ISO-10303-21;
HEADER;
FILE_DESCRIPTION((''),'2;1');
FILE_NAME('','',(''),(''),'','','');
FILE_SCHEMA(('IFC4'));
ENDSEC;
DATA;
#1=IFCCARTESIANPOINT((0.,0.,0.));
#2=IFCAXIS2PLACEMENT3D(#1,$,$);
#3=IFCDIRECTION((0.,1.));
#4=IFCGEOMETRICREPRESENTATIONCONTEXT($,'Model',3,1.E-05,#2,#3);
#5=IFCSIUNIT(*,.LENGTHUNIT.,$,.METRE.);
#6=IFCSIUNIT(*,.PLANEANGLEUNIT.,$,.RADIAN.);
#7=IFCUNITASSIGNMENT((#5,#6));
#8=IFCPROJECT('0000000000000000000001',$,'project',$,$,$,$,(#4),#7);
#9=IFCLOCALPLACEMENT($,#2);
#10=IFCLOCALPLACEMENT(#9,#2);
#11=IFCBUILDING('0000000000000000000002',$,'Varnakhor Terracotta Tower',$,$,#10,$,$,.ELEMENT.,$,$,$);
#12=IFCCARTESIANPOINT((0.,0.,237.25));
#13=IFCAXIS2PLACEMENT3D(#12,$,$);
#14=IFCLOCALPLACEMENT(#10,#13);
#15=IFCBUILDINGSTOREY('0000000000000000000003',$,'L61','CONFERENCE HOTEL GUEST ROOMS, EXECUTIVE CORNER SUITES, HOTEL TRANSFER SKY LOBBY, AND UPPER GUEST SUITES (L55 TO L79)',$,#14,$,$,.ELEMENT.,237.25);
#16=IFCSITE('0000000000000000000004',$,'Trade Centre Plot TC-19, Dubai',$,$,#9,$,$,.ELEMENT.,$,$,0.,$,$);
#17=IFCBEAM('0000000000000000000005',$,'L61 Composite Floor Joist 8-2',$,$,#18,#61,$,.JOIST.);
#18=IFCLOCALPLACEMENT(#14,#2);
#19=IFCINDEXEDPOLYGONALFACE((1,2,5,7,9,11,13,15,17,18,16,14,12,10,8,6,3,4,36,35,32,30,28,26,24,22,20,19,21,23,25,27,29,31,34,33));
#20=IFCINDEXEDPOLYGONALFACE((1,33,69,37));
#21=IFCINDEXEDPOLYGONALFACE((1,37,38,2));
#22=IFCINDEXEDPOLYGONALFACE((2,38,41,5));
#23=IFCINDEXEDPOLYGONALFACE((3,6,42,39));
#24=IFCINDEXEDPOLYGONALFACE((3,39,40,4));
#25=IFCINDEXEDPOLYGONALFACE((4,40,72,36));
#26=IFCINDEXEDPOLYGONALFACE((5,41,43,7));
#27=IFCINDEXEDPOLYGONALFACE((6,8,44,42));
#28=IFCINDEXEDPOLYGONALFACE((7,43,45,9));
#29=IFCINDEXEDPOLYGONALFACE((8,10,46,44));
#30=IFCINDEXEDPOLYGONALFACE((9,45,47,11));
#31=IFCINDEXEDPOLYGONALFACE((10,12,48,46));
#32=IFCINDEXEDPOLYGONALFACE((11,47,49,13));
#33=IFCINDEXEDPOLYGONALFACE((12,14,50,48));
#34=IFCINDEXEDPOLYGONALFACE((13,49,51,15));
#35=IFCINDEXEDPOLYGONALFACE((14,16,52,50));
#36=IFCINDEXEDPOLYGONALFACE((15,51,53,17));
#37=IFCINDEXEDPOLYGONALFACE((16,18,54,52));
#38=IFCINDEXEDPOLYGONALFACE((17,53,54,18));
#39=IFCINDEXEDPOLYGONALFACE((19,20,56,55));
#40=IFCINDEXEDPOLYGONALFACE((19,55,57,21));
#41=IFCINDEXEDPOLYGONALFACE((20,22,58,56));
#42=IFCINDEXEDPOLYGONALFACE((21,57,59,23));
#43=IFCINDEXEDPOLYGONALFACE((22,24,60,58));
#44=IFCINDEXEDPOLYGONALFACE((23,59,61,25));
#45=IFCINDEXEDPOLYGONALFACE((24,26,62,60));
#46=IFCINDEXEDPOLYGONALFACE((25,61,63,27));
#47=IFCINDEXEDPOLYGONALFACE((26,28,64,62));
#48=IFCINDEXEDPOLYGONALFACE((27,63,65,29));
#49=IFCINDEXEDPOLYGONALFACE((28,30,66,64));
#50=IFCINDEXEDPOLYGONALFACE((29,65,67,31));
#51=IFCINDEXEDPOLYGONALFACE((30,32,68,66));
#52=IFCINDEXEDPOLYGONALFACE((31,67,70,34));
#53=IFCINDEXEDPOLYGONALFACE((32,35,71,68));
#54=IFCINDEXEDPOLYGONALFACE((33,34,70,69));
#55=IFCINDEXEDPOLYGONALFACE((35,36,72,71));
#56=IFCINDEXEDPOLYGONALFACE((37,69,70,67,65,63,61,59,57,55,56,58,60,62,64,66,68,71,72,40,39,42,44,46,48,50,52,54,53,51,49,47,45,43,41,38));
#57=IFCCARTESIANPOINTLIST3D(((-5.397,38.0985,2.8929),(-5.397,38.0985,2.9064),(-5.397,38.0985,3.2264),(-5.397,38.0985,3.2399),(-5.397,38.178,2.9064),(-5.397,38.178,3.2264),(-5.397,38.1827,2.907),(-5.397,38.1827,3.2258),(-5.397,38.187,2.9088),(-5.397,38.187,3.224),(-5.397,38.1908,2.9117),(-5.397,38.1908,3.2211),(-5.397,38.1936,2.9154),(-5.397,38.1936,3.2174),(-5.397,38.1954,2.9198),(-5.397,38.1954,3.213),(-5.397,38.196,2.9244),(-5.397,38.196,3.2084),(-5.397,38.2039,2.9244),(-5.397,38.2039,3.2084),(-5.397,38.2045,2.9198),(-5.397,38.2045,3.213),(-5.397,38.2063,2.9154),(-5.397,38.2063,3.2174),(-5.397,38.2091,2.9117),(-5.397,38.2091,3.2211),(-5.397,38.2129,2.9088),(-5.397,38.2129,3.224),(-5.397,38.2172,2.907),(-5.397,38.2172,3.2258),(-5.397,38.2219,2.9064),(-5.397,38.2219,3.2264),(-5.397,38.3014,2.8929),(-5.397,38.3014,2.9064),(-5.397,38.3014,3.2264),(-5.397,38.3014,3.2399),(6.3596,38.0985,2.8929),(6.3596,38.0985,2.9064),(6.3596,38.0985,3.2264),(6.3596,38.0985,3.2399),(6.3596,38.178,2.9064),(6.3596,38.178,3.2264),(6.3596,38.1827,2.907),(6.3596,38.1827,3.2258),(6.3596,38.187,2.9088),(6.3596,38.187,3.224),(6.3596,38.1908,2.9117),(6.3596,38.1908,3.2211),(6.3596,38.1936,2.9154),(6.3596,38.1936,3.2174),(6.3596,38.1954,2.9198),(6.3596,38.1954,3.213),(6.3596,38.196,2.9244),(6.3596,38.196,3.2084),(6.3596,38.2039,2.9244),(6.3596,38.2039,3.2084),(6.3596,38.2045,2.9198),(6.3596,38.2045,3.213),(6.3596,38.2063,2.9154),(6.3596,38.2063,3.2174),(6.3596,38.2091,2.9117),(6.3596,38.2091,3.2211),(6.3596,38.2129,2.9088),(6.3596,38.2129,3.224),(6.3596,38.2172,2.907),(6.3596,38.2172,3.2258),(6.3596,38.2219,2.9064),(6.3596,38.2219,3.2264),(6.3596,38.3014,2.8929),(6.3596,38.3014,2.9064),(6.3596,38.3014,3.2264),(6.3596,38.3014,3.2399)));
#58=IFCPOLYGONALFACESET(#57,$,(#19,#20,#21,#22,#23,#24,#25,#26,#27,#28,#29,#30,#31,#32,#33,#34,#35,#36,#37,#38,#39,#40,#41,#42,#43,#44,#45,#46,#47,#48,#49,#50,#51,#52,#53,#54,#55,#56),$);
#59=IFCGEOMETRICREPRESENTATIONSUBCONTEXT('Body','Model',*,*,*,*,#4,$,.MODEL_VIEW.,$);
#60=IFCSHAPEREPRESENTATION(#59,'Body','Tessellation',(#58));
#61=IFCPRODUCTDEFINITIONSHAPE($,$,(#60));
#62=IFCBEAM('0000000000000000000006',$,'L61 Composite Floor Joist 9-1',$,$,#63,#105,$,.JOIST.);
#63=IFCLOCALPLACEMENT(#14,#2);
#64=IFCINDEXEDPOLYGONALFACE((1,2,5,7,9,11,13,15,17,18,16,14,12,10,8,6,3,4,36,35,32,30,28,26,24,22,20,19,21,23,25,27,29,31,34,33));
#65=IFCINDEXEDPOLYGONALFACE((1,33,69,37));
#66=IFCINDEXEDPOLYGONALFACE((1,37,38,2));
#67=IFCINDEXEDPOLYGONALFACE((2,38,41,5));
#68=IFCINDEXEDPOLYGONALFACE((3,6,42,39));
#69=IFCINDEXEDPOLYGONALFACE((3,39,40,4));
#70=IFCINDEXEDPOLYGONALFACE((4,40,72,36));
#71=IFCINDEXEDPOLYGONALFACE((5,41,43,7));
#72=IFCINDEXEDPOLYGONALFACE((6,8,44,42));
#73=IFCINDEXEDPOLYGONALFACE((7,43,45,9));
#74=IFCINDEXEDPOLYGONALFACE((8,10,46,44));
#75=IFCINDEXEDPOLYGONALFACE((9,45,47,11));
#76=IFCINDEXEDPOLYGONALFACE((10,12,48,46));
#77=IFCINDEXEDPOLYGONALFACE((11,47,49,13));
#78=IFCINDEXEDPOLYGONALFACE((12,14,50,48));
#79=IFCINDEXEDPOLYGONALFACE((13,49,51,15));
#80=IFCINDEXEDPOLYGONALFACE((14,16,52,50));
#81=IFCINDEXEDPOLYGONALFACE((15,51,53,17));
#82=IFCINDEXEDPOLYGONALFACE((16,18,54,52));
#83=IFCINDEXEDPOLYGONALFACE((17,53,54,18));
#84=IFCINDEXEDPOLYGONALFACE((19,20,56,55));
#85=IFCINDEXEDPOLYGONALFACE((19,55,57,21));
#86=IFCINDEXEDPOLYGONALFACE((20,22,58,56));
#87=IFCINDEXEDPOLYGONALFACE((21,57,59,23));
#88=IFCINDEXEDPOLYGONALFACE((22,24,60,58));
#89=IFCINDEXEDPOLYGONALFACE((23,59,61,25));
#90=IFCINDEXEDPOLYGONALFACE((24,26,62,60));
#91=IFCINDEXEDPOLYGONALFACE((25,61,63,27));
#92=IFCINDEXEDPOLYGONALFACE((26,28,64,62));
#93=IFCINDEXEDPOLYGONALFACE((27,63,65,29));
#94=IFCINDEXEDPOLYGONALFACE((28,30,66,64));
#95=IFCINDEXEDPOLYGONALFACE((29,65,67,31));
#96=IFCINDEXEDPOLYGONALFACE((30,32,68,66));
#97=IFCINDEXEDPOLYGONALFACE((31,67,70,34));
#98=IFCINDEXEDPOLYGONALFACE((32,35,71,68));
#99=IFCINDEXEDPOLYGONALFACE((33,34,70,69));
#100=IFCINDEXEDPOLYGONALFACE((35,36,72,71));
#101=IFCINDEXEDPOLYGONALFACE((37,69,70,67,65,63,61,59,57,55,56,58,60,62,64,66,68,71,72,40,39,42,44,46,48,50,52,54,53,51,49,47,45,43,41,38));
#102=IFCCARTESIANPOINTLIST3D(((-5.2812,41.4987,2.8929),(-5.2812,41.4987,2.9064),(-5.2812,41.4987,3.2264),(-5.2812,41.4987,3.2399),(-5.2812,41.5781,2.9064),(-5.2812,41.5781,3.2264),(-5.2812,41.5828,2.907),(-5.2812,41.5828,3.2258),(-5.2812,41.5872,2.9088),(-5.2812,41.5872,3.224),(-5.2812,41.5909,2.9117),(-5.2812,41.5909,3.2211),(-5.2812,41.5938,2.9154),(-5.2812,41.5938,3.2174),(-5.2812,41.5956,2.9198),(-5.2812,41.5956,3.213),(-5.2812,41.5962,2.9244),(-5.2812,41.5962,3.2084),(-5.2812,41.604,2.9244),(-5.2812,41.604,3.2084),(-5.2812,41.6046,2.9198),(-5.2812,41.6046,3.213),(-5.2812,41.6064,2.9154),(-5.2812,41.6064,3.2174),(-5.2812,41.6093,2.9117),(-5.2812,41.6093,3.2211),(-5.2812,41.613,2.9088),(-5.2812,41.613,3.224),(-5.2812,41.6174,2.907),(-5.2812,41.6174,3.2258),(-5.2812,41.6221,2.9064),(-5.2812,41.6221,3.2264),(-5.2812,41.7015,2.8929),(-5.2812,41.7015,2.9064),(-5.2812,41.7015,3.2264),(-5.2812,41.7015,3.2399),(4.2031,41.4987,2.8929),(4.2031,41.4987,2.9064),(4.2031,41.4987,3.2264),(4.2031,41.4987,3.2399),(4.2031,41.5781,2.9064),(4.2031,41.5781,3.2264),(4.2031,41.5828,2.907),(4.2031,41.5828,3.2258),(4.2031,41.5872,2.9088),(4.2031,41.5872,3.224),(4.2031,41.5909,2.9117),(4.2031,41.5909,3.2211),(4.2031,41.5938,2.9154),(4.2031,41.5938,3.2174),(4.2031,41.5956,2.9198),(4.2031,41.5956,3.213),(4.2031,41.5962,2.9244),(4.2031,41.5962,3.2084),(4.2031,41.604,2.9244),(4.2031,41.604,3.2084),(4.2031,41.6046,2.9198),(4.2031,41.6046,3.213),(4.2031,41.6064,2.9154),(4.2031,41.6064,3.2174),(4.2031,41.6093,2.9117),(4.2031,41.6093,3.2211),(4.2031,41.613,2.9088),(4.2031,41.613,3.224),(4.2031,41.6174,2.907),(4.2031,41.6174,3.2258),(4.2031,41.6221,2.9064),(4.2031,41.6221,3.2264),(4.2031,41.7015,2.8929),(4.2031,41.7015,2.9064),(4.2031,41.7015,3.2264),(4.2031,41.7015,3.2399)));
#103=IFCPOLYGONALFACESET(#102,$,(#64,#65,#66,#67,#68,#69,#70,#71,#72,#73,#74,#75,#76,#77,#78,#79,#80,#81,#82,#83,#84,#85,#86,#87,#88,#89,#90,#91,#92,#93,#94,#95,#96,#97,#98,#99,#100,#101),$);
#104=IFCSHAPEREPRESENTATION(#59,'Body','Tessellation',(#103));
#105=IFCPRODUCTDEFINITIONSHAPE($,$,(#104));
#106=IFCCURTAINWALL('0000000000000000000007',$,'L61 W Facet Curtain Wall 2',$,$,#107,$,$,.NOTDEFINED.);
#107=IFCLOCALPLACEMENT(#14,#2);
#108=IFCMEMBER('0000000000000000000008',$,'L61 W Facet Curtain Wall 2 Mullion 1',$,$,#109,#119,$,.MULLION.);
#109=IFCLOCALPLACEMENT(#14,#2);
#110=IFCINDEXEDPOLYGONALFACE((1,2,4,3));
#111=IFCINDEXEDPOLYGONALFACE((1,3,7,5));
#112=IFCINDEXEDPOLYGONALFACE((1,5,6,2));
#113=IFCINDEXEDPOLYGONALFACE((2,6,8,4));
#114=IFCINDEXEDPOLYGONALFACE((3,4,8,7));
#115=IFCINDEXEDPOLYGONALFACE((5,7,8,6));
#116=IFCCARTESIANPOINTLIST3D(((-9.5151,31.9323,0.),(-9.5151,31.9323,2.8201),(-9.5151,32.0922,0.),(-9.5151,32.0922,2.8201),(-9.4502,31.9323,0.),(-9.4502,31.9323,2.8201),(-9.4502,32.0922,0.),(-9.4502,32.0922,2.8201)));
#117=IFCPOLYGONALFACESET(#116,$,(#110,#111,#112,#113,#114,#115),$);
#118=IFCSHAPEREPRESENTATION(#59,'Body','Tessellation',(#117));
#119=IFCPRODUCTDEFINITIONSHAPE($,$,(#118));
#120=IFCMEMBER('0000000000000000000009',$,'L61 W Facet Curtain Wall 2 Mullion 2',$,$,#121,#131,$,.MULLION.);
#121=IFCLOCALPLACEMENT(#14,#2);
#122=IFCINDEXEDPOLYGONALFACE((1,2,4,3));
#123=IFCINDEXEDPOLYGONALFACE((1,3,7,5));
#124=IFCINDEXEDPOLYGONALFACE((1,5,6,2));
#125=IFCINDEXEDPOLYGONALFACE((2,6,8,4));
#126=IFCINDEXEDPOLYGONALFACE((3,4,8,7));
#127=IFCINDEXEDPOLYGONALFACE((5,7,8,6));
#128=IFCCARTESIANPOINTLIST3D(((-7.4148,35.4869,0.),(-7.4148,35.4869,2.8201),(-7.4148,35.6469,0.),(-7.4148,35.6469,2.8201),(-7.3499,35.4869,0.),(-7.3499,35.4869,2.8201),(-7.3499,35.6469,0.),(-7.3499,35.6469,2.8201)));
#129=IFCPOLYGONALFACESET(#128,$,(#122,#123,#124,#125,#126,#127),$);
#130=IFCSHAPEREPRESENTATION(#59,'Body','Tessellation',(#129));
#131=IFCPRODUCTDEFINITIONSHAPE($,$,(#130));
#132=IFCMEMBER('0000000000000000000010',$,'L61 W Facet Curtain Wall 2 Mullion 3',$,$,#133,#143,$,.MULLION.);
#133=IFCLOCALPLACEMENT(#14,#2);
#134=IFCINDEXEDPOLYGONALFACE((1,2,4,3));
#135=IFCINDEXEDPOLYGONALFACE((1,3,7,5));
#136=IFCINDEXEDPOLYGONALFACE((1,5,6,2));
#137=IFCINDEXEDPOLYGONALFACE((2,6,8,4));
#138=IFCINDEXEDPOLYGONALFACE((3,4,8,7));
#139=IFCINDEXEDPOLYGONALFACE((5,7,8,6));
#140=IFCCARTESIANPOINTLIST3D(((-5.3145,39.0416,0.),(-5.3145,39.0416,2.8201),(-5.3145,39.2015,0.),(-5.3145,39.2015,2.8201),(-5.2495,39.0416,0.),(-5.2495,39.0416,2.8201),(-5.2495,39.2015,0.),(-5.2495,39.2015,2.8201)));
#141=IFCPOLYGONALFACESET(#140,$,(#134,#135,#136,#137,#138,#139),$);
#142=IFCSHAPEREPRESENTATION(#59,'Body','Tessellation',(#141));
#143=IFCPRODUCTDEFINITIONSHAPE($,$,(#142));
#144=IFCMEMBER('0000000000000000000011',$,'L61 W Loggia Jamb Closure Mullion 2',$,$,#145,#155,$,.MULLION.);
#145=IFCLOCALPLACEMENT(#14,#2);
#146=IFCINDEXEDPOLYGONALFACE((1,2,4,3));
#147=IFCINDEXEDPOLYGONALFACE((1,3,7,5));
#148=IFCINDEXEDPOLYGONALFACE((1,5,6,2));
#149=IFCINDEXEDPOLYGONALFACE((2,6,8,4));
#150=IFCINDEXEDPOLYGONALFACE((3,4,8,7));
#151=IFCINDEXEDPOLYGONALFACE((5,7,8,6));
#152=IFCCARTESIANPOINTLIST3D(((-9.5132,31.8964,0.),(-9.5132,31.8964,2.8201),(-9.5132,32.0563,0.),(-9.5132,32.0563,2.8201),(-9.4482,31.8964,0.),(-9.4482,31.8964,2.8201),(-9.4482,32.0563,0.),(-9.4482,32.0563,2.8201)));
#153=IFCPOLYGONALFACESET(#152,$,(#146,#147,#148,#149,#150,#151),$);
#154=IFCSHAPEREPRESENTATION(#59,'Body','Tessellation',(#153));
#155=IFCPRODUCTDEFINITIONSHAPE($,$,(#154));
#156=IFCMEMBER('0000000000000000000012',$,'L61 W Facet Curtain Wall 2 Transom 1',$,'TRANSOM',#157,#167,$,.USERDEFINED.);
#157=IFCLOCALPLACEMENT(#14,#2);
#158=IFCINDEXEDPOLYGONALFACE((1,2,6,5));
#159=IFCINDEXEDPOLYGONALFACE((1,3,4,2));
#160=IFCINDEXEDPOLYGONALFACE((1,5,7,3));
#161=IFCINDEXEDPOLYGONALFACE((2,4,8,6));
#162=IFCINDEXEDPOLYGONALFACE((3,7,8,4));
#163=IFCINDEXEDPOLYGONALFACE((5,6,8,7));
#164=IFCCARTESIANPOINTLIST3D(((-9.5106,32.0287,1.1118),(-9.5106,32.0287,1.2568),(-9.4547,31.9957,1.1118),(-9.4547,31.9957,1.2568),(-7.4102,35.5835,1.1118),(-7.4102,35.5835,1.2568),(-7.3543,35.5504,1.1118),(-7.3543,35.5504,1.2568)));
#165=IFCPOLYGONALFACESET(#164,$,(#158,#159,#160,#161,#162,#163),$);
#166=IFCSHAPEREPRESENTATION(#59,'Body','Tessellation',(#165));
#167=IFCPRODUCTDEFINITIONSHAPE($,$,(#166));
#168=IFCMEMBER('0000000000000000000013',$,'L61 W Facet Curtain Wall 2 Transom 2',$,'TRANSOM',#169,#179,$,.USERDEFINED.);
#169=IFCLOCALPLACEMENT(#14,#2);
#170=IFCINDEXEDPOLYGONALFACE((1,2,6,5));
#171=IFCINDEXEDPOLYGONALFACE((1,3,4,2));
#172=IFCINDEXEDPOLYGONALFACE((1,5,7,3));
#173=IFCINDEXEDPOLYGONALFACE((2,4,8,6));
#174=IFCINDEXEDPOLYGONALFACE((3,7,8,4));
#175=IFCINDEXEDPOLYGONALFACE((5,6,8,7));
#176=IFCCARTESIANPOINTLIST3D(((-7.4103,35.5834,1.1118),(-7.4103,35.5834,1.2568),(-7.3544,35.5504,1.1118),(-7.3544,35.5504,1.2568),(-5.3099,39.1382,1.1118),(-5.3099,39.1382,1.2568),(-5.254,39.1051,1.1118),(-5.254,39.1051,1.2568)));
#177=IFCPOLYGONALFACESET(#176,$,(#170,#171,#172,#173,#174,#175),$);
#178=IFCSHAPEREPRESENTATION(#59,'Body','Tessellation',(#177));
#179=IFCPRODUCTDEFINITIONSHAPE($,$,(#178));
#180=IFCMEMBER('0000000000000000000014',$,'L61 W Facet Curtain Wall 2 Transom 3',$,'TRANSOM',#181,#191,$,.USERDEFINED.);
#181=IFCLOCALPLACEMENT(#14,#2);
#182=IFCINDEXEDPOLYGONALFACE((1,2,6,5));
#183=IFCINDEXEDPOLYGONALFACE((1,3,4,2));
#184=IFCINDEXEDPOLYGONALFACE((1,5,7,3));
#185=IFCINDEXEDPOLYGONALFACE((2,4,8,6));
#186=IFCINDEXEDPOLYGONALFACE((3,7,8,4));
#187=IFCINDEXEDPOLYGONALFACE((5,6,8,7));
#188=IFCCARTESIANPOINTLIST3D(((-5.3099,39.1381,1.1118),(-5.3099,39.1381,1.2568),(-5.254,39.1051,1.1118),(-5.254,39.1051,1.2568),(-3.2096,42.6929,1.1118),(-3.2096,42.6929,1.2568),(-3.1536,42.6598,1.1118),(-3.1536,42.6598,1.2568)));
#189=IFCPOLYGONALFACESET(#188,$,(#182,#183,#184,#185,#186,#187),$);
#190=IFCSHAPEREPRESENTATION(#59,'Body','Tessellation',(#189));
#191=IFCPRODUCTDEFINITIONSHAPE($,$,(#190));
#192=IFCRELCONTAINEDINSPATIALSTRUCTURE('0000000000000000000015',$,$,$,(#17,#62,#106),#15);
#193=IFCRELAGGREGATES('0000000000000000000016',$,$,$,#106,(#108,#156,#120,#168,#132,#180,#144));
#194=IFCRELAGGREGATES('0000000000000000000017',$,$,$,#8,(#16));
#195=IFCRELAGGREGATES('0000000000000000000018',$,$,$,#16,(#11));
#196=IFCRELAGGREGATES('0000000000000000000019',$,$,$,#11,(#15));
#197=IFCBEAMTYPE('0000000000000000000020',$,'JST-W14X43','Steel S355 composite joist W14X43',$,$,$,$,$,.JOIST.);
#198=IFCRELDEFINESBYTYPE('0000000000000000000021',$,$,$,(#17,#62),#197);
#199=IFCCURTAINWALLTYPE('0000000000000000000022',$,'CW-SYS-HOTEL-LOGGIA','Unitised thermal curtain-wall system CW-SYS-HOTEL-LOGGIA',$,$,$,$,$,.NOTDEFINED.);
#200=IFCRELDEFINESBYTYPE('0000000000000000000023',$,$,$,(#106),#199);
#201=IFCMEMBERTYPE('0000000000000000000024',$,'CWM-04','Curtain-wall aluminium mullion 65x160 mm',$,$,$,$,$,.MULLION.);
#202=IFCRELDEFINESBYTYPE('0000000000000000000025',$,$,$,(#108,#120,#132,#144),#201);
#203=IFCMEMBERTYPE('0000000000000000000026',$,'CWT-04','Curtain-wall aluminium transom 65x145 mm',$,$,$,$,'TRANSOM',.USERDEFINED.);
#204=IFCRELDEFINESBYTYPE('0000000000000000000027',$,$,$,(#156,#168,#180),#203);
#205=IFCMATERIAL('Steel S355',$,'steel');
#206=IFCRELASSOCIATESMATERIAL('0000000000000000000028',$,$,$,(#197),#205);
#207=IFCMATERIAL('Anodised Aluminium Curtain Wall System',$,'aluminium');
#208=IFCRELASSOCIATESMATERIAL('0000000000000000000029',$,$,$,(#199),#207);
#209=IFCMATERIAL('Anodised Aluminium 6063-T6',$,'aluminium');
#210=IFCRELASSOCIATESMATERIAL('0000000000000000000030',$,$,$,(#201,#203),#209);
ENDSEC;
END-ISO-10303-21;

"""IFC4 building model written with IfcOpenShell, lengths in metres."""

from ifc_helpers import new_model, si_unit, direction, frame, origin, origin_2d, place, context, subcontext, project, spatial, rectangle, i_section, extrude, source, transform, mapped, material, material_profile, profile_set, type_object, type_shapes, element, aggregate, save


model = new_model("IFC4")

# Units and contexts
model_context = context("Model", 3, precision=1e-05, world=origin(), true_north=direction((0.0, 1.0)))
body_context = subcontext(model_context, "Body", "Model", "MODEL_VIEW")
ifc_project = project(units=[si_unit("LENGTHUNIT", "METRE"), si_unit("PLANEANGLEUNIT", "RADIAN")], contexts=[model_context])

# Site, building, storey
site_placement = place(None, origin())
site = spatial("IfcSite", under=ifc_project, at=site_placement, Name="Trade Centre Plot TC-19, Dubai", CompositionType="ELEMENT", RefElevation=0.0)
building_placement = place(site_placement, origin())
building = spatial("IfcBuilding", under=site, at=building_placement, Name="Varnakhor Terracotta Tower", CompositionType="ELEMENT")
storey_placement = place(building_placement, frame((0.0, 0.0, 237.25)))
storey = spatial("IfcBuildingStorey", under=building, at=storey_placement, Name="L61", Description="CONFERENCE HOTEL GUEST ROOMS, EXECUTIVE CORNER SUITES, HOTEL TRANSFER SKY LOBBY, AND UPPER GUEST SUITES (L55 TO L79)", CompositionType="ELEMENT", Elevation=237.25)

# Beams
ifc_material_1 = material(Name="Steel S355", Category="steel")
ifc_material_profile_1 = material_profile(ifc_material_1, i_section(OverallWidth=0.2029, OverallDepth=0.3469, WebThickness=0.0078, FlangeThickness=0.0134, FilletRadius=0.0181, at=origin_2d()), Name="W14X43")
ifc_profile_set_1 = profile_set([ifc_material_profile_1], Name="Steel S355")
beam_type_1 = type_object("IfcBeamType", Name="JST-W14X43", Description="Steel S355 composite joist W14X43", PredefinedType="JOIST", material=ifc_profile_set_1)
shared_shape_1 = source(origin(), body_context, "Body", "SweptSolid", [
    extrude(i_section(OverallWidth=0.2029, OverallDepth=0.3469, WebThickness=0.0078, FlangeThickness=0.0134, FilletRadius=0.0181, at=origin_2d()), origin(), (0.0, 0.0, 1.0), 11.7566),
])
beam_1_placement = place(storey_placement, frame((-5.397, 38.2, 3.0664), z_axis=(1.0, 0.0, 0.0), x_axis=(0.0, 1.0, 0.0)))
element("IfcBeam", 1, at=beam_1_placement, inside=storey, type_object=beam_type_1, Name="L61 Composite Floor Joist 8-2", PredefinedType="JOIST", context=body_context, shape_type="MappedRepresentation", body=[
    mapped(shared_shape_1, transform((0.0, 0.0, 0.0), scale=1.0)),
])
shared_shape_2 = source(origin(), body_context, "Body", "SweptSolid", [
    extrude(i_section(OverallWidth=0.2029, OverallDepth=0.3469, WebThickness=0.0078, FlangeThickness=0.0134, FilletRadius=0.0181, at=origin_2d()), origin(), (0.0, 0.0, 1.0), 9.4844),
])
beam_2_placement = place(storey_placement, frame((-5.2812, 41.6001, 3.0664), z_axis=(1.0, 0.0, 0.0), x_axis=(0.0, 1.0, 0.0)))
element("IfcBeam", 2, at=beam_2_placement, inside=storey, type_object=beam_type_1, Name="L61 Composite Floor Joist 9-1", PredefinedType="JOIST", context=body_context, shape_type="MappedRepresentation", body=[
    mapped(shared_shape_2, transform((0.0, 0.0, 0.0), scale=1.0)),
])

# Curtain wall, members
ifc_material_2 = material(Name="Anodised Aluminium Curtain Wall System", Category="aluminium")
curtain_wall_type = type_object("IfcCurtainWallType", Name="CW-SYS-HOTEL-LOGGIA", Description="Unitised thermal curtain-wall system CW-SYS-HOTEL-LOGGIA", PredefinedType="NOTDEFINED", material=ifc_material_2)
curtain_wall_placement = place(storey_placement, origin())
curtain_wall = element("IfcCurtainWall", 3, at=curtain_wall_placement, inside=storey, type_object=curtain_wall_type, Name="L61 W Facet Curtain Wall 2", PredefinedType="NOTDEFINED")
ifc_material_3 = material(Name="Anodised Aluminium 6063-T6", Category="aluminium")
ifc_material_profile_2 = material_profile(ifc_material_3, rectangle(XDim=0.0649, YDim=0.1599, at=origin_2d()), Name="ALU MULLION 65x160")
ifc_profile_set_2 = profile_set([ifc_material_profile_2], Name="Anodised Aluminium 6063-T6")
member_type_1 = type_object("IfcMemberType", Name="CWM-04", Description="Curtain-wall aluminium mullion 65x160 mm", PredefinedType="MULLION", material=ifc_profile_set_2)
shared_shape_3 = source(origin(), body_context, "Body", "SweptSolid", [
    extrude(rectangle(XDim=0.0649, YDim=0.1599, at=origin_2d()), origin(), (0.0, 0.0, 1.0), 2.8201),
])
type_shapes(member_type_1, [shared_shape_3])
member_1_placement = place(storey_placement, frame((-9.4827, 32.0122, 0.0), z_axis=(0.0, 0.0, 1.0), x_axis=(1.0, 0.0, 0.0)))
member_1 = element("IfcMember", 4, at=member_1_placement, type_object=member_type_1, Name="L61 W Facet Curtain Wall 2 Mullion 1", PredefinedType="MULLION", context=body_context, shape_type="MappedRepresentation", body=[
    mapped(shared_shape_3, transform((0.0, 0.0, 0.0), scale=1.0)),
])
member_2_placement = place(storey_placement, frame((-7.3823, 35.5669, 0.0), z_axis=(0.0, 0.0, 1.0), x_axis=(1.0, 0.0, 0.0)))
member_2 = element("IfcMember", 5, at=member_2_placement, type_object=member_type_1, Name="L61 W Facet Curtain Wall 2 Mullion 2", PredefinedType="MULLION", context=body_context, shape_type="MappedRepresentation", body=[
    mapped(shared_shape_3, transform((0.0, 0.0, 0.0), scale=1.0)),
])
member_3_placement = place(storey_placement, frame((-5.282, 39.1216, 0.0), z_axis=(0.0, 0.0, 1.0), x_axis=(1.0, 0.0, 0.0)))
member_3 = element("IfcMember", 6, at=member_3_placement, type_object=member_type_1, Name="L61 W Facet Curtain Wall 2 Mullion 3", PredefinedType="MULLION", context=body_context, shape_type="MappedRepresentation", body=[
    mapped(shared_shape_3, transform((0.0, 0.0, 0.0), scale=1.0)),
])
member_4_placement = place(storey_placement, frame((-9.4807, 31.9763, 0.0), z_axis=(0.0, 0.0, 1.0), x_axis=(1.0, 0.0, 0.0)))
member_4 = element("IfcMember", 7, at=member_4_placement, type_object=member_type_1, Name="L61 W Loggia Jamb Closure Mullion 2", PredefinedType="MULLION", context=body_context, shape_type="MappedRepresentation", body=[
    mapped(shared_shape_3, transform((0.0, 0.0, 0.0), scale=1.0)),
])
ifc_material_profile_3 = material_profile(ifc_material_3, rectangle(XDim=0.0649, YDim=0.145, at=origin_2d()), Name="ALU TRANSOM 65x145")
ifc_profile_set_3 = profile_set([ifc_material_profile_3], Name="Anodised Aluminium 6063-T6")
member_type_2 = type_object("IfcMemberType", Name="CWT-04", Description="Curtain-wall aluminium transom 65x145 mm", ElementType="TRANSOM", PredefinedType="USERDEFINED", material=ifc_profile_set_3)
shared_shape_4 = source(origin(), body_context, "Body", "SweptSolid", [
    extrude(rectangle(XDim=0.0649, YDim=0.145, at=origin_2d()), origin(), (0.0, 0.0, 1.0), 4.1289),
])
member_5_placement = place(storey_placement, frame((-9.4827, 32.0122, 1.1843), z_axis=(0.508701, 0.860943, 0.0), x_axis=(-0.860943, 0.508701, 0.0)))
member_5 = element("IfcMember", 8, at=member_5_placement, type_object=member_type_2, Name="L61 W Facet Curtain Wall 2 Transom 1", ObjectType="TRANSOM", PredefinedType="USERDEFINED", context=body_context, shape_type="MappedRepresentation", body=[
    mapped(shared_shape_4, transform((0.0, 0.0, 0.0), scale=1.0)),
])
member_6_placement = place(storey_placement, frame((-7.3823, 35.5669, 1.1843), z_axis=(0.508701, 0.860943, 0.0), x_axis=(-0.860943, 0.508701, 0.0)))
member_6 = element("IfcMember", 9, at=member_6_placement, type_object=member_type_2, Name="L61 W Facet Curtain Wall 2 Transom 2", ObjectType="TRANSOM", PredefinedType="USERDEFINED", context=body_context, shape_type="MappedRepresentation", body=[
    mapped(shared_shape_4, transform((0.0, 0.0, 0.0), scale=1.0)),
])
member_7_placement = place(storey_placement, frame((-5.282, 39.1216, 1.1843), z_axis=(0.508701, 0.860943, 0.0), x_axis=(-0.860943, 0.508701, 0.0)))
member_7 = element("IfcMember", 10, at=member_7_placement, type_object=member_type_2, Name="L61 W Facet Curtain Wall 2 Transom 3", ObjectType="TRANSOM", PredefinedType="USERDEFINED", context=body_context, shape_type="MappedRepresentation", body=[
    mapped(shared_shape_4, transform((0.0, 0.0, 0.0), scale=1.0)),
])

aggregate(curtain_wall, [member_1, member_5, member_2, member_6, member_3, member_7, member_4])

save(model, "model.ifc")
